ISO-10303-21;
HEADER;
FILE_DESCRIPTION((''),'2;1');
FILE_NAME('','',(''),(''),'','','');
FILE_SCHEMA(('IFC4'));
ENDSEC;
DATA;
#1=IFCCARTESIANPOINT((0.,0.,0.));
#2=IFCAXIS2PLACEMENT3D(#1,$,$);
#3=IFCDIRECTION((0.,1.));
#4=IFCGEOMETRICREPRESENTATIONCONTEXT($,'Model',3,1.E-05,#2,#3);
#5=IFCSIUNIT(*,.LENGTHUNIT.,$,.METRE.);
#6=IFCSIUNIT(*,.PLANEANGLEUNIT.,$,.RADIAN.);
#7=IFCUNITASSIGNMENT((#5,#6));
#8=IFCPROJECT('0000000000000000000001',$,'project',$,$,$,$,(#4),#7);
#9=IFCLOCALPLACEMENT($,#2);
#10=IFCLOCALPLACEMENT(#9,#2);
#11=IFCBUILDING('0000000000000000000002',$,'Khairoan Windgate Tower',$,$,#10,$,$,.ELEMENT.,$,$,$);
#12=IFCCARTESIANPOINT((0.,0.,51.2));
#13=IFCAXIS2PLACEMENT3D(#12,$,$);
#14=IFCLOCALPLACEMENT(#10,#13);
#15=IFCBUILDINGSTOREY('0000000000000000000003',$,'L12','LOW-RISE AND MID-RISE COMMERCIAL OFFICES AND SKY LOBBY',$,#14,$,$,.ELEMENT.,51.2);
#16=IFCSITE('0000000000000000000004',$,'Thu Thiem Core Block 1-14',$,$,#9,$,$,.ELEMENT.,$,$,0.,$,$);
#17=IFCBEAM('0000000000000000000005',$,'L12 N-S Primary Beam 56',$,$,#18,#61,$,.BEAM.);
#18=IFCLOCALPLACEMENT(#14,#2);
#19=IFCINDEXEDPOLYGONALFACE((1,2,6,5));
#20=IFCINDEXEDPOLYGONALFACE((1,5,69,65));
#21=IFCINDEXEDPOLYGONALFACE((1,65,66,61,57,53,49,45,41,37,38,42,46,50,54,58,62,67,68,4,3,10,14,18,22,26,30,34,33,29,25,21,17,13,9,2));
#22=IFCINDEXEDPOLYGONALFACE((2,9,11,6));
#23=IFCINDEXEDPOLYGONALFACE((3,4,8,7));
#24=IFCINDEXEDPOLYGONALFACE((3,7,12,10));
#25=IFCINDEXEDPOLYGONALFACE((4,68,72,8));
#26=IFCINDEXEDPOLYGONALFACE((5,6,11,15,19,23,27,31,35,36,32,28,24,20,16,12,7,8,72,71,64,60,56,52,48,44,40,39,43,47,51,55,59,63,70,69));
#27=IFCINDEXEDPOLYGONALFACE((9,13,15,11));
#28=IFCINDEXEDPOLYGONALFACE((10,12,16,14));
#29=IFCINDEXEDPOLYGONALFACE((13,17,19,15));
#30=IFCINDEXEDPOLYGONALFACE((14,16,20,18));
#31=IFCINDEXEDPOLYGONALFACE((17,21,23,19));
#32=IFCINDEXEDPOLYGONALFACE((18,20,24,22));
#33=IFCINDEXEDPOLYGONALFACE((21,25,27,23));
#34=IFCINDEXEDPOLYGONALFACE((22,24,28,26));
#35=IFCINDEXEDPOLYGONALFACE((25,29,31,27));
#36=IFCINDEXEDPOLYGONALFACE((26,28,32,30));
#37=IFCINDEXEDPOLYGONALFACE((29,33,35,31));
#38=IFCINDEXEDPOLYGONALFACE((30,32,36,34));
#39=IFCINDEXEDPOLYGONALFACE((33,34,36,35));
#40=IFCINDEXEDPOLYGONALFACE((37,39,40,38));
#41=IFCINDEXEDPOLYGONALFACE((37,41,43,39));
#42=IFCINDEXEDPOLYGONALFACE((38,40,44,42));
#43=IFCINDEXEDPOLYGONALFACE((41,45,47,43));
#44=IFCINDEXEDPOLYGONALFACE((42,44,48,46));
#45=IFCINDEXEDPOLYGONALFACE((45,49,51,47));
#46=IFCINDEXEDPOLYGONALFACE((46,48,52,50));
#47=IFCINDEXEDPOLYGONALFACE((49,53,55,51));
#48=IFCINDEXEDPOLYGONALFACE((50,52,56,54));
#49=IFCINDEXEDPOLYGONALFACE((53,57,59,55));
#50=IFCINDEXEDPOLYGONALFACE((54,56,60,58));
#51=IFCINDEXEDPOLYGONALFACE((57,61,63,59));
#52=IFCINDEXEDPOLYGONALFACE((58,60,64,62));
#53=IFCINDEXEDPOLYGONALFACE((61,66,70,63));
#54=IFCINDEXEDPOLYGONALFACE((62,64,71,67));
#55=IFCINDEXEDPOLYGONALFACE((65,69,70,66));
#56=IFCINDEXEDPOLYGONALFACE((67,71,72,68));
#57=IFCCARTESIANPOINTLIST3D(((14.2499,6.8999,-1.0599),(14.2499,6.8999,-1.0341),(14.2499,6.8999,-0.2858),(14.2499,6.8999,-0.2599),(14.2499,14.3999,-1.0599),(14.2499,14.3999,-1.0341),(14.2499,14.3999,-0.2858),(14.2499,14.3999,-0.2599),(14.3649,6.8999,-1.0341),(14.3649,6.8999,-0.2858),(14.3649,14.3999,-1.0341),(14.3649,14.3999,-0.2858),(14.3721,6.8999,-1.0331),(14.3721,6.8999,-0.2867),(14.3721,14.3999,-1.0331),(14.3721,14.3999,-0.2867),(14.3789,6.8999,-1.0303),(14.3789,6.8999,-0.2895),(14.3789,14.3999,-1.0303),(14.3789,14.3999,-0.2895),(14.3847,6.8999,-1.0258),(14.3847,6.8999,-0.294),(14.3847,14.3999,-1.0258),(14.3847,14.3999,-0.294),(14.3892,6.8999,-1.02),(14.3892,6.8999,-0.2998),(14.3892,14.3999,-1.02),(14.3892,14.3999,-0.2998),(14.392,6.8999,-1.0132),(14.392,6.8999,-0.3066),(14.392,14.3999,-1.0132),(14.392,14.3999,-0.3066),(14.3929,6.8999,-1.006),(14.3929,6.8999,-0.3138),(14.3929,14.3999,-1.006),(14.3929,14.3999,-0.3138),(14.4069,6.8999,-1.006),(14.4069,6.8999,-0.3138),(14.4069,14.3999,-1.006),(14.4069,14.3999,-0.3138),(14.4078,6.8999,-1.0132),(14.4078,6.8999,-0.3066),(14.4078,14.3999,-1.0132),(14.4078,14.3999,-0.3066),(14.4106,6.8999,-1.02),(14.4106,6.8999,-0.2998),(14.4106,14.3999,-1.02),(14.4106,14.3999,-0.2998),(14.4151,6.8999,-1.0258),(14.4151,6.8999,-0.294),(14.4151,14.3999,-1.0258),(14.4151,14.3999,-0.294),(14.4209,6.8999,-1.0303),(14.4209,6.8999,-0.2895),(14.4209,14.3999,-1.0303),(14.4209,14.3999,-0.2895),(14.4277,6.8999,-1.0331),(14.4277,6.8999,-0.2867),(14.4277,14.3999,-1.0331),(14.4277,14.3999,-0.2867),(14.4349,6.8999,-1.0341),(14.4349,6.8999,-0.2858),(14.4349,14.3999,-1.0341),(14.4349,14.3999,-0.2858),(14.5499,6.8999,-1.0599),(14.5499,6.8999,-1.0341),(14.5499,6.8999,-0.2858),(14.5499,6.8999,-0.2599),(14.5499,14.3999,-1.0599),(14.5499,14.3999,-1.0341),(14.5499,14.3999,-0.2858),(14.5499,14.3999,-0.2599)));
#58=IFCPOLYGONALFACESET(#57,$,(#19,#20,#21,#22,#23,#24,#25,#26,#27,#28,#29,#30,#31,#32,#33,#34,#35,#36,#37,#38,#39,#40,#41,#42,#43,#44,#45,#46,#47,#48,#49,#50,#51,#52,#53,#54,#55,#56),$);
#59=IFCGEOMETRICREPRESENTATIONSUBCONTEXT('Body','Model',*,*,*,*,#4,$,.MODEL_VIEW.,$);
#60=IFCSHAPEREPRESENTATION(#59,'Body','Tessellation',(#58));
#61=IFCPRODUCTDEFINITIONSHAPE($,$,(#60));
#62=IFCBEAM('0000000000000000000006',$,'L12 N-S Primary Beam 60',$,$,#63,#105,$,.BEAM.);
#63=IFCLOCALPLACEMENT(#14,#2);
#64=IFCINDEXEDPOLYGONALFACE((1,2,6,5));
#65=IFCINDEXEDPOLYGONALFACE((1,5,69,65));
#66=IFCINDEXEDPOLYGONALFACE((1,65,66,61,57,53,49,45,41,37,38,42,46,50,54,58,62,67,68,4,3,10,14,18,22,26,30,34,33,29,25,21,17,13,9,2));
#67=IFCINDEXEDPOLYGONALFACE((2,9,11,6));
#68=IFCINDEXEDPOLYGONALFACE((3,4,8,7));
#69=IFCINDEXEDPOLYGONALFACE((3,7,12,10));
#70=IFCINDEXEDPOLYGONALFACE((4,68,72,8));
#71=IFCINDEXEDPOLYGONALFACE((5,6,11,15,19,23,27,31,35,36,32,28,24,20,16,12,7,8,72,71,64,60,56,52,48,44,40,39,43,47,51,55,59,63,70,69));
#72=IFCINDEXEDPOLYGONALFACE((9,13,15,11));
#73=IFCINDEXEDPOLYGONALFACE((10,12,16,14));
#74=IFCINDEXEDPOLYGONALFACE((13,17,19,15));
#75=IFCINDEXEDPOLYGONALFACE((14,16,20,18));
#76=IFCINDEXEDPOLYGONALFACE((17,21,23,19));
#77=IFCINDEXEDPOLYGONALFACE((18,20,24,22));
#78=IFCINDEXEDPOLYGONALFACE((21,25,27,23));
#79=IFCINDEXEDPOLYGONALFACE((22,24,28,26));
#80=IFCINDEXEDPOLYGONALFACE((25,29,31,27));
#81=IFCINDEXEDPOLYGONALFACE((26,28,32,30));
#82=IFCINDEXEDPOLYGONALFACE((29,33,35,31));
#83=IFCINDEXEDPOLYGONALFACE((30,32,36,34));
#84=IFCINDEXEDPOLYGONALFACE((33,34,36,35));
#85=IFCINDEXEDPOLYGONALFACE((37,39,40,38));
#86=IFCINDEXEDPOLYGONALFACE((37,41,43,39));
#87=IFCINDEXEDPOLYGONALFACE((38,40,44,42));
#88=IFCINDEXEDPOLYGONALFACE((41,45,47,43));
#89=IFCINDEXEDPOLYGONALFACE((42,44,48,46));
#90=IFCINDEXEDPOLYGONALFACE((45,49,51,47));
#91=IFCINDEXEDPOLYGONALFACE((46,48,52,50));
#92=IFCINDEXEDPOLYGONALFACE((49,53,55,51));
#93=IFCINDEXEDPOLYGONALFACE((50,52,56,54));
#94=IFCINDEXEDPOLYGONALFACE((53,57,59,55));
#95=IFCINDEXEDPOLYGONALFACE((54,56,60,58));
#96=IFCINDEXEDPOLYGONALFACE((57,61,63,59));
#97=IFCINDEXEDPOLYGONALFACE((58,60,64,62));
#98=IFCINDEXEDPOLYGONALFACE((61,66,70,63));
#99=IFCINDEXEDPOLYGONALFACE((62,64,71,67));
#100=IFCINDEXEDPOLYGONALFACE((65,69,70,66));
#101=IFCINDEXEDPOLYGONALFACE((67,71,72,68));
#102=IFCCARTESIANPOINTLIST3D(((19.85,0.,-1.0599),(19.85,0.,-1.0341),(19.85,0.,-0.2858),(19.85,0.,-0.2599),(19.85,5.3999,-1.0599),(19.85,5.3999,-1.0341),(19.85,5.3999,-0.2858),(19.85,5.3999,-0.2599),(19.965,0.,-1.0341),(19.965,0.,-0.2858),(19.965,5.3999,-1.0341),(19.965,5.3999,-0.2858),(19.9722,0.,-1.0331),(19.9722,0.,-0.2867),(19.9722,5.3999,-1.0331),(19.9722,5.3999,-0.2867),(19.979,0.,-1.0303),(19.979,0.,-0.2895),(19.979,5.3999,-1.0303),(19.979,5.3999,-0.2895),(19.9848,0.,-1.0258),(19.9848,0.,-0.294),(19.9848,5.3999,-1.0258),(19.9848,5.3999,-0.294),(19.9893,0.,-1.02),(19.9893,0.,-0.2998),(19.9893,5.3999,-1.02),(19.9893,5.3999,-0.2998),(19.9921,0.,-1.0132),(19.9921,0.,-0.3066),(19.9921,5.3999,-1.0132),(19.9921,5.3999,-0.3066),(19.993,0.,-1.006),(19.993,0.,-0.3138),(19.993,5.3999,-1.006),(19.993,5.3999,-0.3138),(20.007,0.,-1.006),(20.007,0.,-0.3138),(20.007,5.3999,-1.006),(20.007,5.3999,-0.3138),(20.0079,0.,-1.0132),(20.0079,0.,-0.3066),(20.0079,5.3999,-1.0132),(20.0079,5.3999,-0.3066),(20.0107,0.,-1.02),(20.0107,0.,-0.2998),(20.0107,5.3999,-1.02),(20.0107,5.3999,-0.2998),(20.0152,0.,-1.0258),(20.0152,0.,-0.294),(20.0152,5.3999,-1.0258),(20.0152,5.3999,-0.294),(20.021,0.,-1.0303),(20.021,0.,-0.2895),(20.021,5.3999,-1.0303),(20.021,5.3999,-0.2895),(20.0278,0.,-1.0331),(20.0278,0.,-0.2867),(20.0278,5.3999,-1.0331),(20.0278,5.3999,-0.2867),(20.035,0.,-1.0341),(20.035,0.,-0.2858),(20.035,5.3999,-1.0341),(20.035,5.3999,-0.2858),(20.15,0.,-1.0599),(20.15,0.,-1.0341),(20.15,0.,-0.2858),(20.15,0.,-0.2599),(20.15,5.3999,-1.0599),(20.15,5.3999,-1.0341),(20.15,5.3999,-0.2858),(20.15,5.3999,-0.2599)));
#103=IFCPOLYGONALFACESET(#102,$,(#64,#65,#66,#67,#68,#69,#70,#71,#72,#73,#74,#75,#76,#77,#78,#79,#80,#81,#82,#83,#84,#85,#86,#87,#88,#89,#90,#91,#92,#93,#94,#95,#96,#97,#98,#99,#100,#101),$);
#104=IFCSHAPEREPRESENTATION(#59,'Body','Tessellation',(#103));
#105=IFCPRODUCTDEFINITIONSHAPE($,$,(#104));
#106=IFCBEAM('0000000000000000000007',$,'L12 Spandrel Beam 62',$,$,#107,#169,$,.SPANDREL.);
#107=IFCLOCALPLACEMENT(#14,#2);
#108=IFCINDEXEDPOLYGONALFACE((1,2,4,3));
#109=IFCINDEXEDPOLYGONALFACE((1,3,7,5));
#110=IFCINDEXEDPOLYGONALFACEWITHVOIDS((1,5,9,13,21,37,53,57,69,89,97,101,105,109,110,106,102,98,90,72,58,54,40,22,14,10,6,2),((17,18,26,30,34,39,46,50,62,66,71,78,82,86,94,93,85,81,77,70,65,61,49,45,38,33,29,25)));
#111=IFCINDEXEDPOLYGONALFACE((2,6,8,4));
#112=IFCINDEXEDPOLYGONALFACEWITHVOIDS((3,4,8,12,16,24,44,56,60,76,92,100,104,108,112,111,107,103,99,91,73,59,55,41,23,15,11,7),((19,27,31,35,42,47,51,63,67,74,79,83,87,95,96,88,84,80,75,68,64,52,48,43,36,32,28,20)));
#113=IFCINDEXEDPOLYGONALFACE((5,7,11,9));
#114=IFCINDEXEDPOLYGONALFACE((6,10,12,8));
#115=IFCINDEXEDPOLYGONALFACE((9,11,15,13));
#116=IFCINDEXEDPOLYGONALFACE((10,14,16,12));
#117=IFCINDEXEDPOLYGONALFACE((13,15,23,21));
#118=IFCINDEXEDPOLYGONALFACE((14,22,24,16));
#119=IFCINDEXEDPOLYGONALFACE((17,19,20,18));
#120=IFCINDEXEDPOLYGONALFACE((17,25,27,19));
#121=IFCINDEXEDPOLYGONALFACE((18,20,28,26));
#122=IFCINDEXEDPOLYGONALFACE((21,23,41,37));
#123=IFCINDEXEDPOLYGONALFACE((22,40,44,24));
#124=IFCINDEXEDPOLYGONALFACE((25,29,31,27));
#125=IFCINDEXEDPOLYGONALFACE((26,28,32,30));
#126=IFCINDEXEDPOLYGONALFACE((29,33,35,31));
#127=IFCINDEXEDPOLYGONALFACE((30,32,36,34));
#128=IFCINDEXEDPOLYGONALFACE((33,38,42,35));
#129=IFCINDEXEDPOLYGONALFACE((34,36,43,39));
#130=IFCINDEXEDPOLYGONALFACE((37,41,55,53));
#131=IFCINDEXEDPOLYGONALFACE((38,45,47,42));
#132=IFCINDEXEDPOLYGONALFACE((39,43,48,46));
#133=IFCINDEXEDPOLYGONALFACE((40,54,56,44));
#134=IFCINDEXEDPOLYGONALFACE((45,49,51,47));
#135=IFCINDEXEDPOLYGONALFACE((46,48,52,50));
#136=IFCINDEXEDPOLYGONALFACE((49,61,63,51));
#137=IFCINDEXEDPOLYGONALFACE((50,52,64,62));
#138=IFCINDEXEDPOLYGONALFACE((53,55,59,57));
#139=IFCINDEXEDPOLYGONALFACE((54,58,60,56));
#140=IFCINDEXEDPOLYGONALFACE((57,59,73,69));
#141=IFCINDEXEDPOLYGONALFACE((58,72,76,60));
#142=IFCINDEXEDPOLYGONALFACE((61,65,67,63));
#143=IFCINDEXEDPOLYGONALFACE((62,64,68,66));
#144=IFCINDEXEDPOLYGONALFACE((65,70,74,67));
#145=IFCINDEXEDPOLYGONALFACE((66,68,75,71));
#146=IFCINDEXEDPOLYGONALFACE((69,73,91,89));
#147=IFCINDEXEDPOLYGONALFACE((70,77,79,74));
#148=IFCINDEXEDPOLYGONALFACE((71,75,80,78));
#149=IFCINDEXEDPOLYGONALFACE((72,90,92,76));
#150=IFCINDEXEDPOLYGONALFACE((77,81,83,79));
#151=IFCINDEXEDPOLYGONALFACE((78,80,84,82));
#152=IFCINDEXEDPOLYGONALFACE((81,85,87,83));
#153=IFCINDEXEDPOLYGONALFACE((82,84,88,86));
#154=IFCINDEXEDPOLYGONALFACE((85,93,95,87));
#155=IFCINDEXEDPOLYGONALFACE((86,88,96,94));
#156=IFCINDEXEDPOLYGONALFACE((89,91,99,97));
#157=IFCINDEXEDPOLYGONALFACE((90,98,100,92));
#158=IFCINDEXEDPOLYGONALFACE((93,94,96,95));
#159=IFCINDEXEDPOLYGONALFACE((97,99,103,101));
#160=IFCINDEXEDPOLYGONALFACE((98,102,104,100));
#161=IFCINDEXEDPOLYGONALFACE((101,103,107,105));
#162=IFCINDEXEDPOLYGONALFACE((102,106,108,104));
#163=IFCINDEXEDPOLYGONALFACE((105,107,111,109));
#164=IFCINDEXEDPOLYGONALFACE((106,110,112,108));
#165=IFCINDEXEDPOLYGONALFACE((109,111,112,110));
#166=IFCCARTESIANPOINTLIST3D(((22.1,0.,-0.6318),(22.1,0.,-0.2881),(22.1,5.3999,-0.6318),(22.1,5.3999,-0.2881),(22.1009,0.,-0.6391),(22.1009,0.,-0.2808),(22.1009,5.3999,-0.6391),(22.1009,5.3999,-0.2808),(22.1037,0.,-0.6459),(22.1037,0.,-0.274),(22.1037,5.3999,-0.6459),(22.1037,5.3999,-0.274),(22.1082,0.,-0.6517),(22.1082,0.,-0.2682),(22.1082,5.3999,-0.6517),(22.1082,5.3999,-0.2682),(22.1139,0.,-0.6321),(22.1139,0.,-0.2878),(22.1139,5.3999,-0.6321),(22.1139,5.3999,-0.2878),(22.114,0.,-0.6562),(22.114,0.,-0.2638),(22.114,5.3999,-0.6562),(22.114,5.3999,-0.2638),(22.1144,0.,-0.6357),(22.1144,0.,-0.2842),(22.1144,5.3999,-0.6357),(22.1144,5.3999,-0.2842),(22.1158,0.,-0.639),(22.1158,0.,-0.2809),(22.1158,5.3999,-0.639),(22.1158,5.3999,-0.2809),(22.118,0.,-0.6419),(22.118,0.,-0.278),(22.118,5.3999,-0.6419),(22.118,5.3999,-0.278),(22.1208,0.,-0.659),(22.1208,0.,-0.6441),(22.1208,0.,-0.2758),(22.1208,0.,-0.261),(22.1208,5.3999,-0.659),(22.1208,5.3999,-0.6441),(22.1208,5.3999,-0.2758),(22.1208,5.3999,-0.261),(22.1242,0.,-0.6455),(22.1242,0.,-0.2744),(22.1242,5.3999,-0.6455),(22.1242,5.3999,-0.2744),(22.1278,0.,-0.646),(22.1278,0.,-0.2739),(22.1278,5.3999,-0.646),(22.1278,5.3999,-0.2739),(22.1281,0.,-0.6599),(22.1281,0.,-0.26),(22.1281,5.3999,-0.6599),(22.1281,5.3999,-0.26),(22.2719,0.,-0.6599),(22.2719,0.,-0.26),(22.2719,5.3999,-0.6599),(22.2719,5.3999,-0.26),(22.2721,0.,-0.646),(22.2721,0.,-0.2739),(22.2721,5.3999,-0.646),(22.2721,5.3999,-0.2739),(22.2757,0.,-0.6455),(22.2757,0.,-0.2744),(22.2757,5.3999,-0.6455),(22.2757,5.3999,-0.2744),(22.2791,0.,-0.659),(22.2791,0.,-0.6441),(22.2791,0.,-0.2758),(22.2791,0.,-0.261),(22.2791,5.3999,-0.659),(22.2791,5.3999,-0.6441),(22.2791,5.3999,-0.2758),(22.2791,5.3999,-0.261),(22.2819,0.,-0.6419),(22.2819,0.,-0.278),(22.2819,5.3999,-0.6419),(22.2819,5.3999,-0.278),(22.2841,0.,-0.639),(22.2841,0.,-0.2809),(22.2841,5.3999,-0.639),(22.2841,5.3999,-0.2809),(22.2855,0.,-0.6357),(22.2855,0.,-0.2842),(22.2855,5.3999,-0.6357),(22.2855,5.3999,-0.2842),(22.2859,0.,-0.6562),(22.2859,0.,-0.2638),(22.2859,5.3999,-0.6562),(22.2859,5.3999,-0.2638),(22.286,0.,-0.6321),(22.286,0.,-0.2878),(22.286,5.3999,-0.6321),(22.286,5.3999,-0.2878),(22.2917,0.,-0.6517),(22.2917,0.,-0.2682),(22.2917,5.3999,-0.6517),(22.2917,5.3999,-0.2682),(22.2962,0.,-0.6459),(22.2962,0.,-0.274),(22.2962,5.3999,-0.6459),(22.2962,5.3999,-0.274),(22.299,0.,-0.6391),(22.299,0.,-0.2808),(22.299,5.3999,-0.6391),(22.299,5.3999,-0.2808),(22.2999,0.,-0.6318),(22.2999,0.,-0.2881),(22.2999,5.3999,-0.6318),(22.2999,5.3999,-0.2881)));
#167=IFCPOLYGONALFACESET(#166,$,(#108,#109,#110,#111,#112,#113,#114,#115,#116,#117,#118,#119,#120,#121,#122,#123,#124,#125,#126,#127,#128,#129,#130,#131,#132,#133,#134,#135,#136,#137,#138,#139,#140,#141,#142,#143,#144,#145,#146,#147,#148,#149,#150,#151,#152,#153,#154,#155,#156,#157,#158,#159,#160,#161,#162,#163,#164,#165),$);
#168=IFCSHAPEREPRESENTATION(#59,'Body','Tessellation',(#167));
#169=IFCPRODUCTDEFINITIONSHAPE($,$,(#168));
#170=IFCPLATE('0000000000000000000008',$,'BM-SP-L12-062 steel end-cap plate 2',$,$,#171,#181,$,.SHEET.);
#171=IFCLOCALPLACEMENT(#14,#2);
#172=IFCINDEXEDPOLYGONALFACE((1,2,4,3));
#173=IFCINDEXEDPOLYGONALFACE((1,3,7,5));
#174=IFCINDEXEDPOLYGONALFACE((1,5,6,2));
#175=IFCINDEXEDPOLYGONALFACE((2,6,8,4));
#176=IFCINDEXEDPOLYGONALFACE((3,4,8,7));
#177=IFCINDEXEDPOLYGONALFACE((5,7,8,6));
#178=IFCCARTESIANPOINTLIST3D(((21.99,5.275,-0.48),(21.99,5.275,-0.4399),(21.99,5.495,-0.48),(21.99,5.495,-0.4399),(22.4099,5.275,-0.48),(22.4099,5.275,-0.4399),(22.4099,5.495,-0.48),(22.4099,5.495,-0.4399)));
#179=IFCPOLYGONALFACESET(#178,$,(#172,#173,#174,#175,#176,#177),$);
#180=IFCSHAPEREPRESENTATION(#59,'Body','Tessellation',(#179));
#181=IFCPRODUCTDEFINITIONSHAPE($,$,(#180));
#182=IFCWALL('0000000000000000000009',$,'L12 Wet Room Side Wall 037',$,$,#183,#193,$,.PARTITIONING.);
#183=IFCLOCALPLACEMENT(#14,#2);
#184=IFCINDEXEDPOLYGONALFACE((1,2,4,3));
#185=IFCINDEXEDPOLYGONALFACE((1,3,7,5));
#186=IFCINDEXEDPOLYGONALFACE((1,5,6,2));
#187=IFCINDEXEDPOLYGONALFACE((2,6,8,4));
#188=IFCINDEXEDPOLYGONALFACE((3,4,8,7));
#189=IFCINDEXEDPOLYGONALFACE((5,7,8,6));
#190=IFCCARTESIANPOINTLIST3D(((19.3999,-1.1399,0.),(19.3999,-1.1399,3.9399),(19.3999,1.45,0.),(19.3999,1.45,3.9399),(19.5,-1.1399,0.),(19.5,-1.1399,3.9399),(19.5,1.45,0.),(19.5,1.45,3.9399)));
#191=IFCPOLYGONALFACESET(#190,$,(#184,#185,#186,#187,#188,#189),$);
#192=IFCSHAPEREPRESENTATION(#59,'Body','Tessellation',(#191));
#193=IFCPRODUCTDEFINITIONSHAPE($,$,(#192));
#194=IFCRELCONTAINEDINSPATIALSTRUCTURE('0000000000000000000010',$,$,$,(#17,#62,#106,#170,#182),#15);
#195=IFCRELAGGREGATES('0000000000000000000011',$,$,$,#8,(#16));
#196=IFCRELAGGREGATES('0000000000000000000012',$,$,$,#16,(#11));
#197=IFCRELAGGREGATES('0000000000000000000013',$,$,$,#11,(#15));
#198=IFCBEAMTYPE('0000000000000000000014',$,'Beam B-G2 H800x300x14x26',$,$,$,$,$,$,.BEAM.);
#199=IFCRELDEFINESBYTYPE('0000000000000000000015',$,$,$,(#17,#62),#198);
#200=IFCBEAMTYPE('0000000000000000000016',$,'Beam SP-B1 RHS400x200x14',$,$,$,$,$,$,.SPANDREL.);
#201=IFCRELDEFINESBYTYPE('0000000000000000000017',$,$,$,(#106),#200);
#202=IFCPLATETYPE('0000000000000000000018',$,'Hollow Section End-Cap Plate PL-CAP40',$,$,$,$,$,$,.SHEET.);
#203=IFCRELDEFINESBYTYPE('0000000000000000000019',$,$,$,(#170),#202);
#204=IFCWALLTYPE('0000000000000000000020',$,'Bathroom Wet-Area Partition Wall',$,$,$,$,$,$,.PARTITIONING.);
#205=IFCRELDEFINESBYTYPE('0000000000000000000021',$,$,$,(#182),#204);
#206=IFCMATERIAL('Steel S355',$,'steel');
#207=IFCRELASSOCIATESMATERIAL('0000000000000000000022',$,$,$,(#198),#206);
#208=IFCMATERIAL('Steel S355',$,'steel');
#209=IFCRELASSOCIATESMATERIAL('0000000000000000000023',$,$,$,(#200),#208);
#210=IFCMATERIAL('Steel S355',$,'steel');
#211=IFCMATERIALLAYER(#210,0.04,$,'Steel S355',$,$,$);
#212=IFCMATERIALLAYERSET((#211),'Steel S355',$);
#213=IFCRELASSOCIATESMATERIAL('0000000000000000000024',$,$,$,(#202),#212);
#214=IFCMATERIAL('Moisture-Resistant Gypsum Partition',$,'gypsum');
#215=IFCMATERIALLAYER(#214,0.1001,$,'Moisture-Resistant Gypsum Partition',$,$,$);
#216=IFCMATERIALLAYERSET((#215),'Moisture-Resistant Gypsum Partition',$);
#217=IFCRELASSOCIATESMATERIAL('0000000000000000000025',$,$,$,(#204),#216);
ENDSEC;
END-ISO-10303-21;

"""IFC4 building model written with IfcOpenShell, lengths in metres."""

from ifc_helpers import new_model, si_unit, direction, frame, frame_2d, origin, origin_2d, place, context, subcontext, project, spatial, rectangle, hollow_rectangle, i_section, extrude, material, layer, layer_set, material_profile, profile_set, type_object, element, save


model = new_model("IFC4")

# Units and contexts
model_context = context("Model", 3, precision=1e-05, world=origin(), true_north=direction((0.0, 1.0)))
body_context = subcontext(model_context, "Body", "Model", "MODEL_VIEW")
ifc_project = project(units=[si_unit("LENGTHUNIT", "METRE"), si_unit("PLANEANGLEUNIT", "RADIAN")], contexts=[model_context])

# Site, building, storey
site_placement = place(None, origin())
site = spatial("IfcSite", under=ifc_project, at=site_placement, Name="Thu Thiem Core Block 1-14", CompositionType="ELEMENT", RefElevation=0.0)
building_placement = place(site_placement, origin())
building = spatial("IfcBuilding", under=site, at=building_placement, Name="Khairoan Windgate Tower", CompositionType="ELEMENT")
storey_placement = place(building_placement, frame((0.0, 0.0, 51.2)))
storey = spatial("IfcBuildingStorey", under=building, at=storey_placement, Name="L12", Description="LOW-RISE AND MID-RISE COMMERCIAL OFFICES AND SKY LOBBY", CompositionType="ELEMENT", Elevation=51.2)

# Beams
ifc_material_1 = material(Name="Steel S355", Category="steel")
ifc_material_profile_1 = material_profile(ifc_material_1, i_section(OverallWidth=0.3, OverallDepth=0.8, WebThickness=0.0139, FlangeThickness=0.0259, FilletRadius=0.0281, at=origin_2d()))
ifc_profile_set_1 = profile_set([ifc_material_profile_1], Name="Steel S355")
beam_type_1 = type_object("IfcBeamType", Name="Beam B-G2 H800x300x14x26", PredefinedType="BEAM", material=ifc_profile_set_1)
beam_1_placement = place(storey_placement, frame((14.3999, 6.8999, -0.6599), z_axis=(0.0, 1.0, 0.0), x_axis=(-1.0, 0.0, 0.0)))
element("IfcBeam", 1, at=beam_1_placement, inside=storey, type_object=beam_type_1, Name="L12 N-S Primary Beam 56", PredefinedType="BEAM", context=body_context, shape_type="SweptSolid", body=[
    extrude(i_section(OverallWidth=0.3, OverallDepth=0.8, WebThickness=0.0139, FlangeThickness=0.0259, FilletRadius=0.0281, at=origin_2d()), origin(), (0.0, 0.0, 1.0), 7.5),
])
beam_2_placement = place(storey_placement, frame((20.0, 0.0, -0.6599), z_axis=(0.0, 1.0, 0.0), x_axis=(-1.0, 0.0, 0.0)))
element("IfcBeam", 2, at=beam_2_placement, inside=storey, type_object=beam_type_1, Name="L12 N-S Primary Beam 60", PredefinedType="BEAM", context=body_context, shape_type="SweptSolid", body=[
    extrude(i_section(OverallWidth=0.3, OverallDepth=0.8, WebThickness=0.0139, FlangeThickness=0.0259, FilletRadius=0.0281, at=origin_2d()), origin(), (0.0, 0.0, 1.0), 5.3999),
])
ifc_material_2 = material(Name="Steel S355", Category="steel")
ifc_material_profile_2 = material_profile(ifc_material_2, hollow_rectangle(XDim=0.2, YDim=0.3999, WallThickness=0.0139, InnerFilletRadius=0.0139, OuterFilletRadius=0.0281, at=origin_2d()))
ifc_profile_set_2 = profile_set([ifc_material_profile_2], Name="Steel S355")
beam_type_2 = type_object("IfcBeamType", Name="Beam SP-B1 RHS400x200x14", PredefinedType="SPANDREL", material=ifc_profile_set_2)
beam_3_placement = place(storey_placement, frame((22.2, 0.0, -0.46), z_axis=(0.0, 1.0, 0.0), x_axis=(-1.0, 0.0, 0.0)))
element("IfcBeam", 3, at=beam_3_placement, inside=storey, type_object=beam_type_2, Name="L12 Spandrel Beam 62", PredefinedType="SPANDREL", context=body_context, shape_type="SweptSolid", body=[
    extrude(hollow_rectangle(XDim=0.2, YDim=0.3999, WallThickness=0.0139, InnerFilletRadius=0.0139, OuterFilletRadius=0.0281, at=origin_2d()), origin(), (0.0, 0.0, 1.0), 5.3999),
])

# Plate
ifc_material_3 = material(Name="Steel S355", Category="steel")
ifc_layer_1 = layer(ifc_material_3, 0.04, Name="Steel S355")
ifc_layer_set_1 = layer_set([ifc_layer_1], Name="Steel S355")
plate_type = type_object("IfcPlateType", Name="Hollow Section End-Cap Plate PL-CAP40", PredefinedType="SHEET", material=ifc_layer_set_1)
plate_placement = place(storey_placement, frame((22.2, 5.385, -0.48), z_axis=(0.0, 0.0, 1.0), x_axis=(0.0, 1.0, 0.0)))
element("IfcPlate", 4, at=plate_placement, inside=storey, type_object=plate_type, Name="BM-SP-L12-062 steel end-cap plate 2", PredefinedType="SHEET", context=body_context, shape_type="SweptSolid", body=[
    extrude(rectangle(XDim=0.22, YDim=0.4199, at=origin_2d()), origin(), (0.0, 0.0, 1.0), 0.04),
])

# Wall
ifc_material_4 = material(Name="Moisture-Resistant Gypsum Partition", Category="gypsum")
ifc_layer_2 = layer(ifc_material_4, 0.1001, Name="Moisture-Resistant Gypsum Partition")
ifc_layer_set_2 = layer_set([ifc_layer_2], Name="Moisture-Resistant Gypsum Partition")
wall_type_1 = type_object("IfcWallType", Name="Bathroom Wet-Area Partition Wall", PredefinedType="PARTITIONING", material=ifc_layer_set_2)
wall_1_placement = place(storey_placement, frame((19.45, 1.45, 0.0), z_axis=(0.0, 0.0, 1.0), x_axis=(0.0, -1.0, 0.0)))
element("IfcWall", 5, at=wall_1_placement, inside=storey, type_object=wall_type_1, Name="L12 Wet Room Side Wall 037", PredefinedType="PARTITIONING", context=body_context, shape_type="SweptSolid", body=[
    extrude(rectangle(XDim=2.5898, YDim=0.1001, at=frame_2d((1.2949, 0.0))), origin(), (0.0, 0.0, 1.0), 3.9399),
])

save(model, "model.ifc")
